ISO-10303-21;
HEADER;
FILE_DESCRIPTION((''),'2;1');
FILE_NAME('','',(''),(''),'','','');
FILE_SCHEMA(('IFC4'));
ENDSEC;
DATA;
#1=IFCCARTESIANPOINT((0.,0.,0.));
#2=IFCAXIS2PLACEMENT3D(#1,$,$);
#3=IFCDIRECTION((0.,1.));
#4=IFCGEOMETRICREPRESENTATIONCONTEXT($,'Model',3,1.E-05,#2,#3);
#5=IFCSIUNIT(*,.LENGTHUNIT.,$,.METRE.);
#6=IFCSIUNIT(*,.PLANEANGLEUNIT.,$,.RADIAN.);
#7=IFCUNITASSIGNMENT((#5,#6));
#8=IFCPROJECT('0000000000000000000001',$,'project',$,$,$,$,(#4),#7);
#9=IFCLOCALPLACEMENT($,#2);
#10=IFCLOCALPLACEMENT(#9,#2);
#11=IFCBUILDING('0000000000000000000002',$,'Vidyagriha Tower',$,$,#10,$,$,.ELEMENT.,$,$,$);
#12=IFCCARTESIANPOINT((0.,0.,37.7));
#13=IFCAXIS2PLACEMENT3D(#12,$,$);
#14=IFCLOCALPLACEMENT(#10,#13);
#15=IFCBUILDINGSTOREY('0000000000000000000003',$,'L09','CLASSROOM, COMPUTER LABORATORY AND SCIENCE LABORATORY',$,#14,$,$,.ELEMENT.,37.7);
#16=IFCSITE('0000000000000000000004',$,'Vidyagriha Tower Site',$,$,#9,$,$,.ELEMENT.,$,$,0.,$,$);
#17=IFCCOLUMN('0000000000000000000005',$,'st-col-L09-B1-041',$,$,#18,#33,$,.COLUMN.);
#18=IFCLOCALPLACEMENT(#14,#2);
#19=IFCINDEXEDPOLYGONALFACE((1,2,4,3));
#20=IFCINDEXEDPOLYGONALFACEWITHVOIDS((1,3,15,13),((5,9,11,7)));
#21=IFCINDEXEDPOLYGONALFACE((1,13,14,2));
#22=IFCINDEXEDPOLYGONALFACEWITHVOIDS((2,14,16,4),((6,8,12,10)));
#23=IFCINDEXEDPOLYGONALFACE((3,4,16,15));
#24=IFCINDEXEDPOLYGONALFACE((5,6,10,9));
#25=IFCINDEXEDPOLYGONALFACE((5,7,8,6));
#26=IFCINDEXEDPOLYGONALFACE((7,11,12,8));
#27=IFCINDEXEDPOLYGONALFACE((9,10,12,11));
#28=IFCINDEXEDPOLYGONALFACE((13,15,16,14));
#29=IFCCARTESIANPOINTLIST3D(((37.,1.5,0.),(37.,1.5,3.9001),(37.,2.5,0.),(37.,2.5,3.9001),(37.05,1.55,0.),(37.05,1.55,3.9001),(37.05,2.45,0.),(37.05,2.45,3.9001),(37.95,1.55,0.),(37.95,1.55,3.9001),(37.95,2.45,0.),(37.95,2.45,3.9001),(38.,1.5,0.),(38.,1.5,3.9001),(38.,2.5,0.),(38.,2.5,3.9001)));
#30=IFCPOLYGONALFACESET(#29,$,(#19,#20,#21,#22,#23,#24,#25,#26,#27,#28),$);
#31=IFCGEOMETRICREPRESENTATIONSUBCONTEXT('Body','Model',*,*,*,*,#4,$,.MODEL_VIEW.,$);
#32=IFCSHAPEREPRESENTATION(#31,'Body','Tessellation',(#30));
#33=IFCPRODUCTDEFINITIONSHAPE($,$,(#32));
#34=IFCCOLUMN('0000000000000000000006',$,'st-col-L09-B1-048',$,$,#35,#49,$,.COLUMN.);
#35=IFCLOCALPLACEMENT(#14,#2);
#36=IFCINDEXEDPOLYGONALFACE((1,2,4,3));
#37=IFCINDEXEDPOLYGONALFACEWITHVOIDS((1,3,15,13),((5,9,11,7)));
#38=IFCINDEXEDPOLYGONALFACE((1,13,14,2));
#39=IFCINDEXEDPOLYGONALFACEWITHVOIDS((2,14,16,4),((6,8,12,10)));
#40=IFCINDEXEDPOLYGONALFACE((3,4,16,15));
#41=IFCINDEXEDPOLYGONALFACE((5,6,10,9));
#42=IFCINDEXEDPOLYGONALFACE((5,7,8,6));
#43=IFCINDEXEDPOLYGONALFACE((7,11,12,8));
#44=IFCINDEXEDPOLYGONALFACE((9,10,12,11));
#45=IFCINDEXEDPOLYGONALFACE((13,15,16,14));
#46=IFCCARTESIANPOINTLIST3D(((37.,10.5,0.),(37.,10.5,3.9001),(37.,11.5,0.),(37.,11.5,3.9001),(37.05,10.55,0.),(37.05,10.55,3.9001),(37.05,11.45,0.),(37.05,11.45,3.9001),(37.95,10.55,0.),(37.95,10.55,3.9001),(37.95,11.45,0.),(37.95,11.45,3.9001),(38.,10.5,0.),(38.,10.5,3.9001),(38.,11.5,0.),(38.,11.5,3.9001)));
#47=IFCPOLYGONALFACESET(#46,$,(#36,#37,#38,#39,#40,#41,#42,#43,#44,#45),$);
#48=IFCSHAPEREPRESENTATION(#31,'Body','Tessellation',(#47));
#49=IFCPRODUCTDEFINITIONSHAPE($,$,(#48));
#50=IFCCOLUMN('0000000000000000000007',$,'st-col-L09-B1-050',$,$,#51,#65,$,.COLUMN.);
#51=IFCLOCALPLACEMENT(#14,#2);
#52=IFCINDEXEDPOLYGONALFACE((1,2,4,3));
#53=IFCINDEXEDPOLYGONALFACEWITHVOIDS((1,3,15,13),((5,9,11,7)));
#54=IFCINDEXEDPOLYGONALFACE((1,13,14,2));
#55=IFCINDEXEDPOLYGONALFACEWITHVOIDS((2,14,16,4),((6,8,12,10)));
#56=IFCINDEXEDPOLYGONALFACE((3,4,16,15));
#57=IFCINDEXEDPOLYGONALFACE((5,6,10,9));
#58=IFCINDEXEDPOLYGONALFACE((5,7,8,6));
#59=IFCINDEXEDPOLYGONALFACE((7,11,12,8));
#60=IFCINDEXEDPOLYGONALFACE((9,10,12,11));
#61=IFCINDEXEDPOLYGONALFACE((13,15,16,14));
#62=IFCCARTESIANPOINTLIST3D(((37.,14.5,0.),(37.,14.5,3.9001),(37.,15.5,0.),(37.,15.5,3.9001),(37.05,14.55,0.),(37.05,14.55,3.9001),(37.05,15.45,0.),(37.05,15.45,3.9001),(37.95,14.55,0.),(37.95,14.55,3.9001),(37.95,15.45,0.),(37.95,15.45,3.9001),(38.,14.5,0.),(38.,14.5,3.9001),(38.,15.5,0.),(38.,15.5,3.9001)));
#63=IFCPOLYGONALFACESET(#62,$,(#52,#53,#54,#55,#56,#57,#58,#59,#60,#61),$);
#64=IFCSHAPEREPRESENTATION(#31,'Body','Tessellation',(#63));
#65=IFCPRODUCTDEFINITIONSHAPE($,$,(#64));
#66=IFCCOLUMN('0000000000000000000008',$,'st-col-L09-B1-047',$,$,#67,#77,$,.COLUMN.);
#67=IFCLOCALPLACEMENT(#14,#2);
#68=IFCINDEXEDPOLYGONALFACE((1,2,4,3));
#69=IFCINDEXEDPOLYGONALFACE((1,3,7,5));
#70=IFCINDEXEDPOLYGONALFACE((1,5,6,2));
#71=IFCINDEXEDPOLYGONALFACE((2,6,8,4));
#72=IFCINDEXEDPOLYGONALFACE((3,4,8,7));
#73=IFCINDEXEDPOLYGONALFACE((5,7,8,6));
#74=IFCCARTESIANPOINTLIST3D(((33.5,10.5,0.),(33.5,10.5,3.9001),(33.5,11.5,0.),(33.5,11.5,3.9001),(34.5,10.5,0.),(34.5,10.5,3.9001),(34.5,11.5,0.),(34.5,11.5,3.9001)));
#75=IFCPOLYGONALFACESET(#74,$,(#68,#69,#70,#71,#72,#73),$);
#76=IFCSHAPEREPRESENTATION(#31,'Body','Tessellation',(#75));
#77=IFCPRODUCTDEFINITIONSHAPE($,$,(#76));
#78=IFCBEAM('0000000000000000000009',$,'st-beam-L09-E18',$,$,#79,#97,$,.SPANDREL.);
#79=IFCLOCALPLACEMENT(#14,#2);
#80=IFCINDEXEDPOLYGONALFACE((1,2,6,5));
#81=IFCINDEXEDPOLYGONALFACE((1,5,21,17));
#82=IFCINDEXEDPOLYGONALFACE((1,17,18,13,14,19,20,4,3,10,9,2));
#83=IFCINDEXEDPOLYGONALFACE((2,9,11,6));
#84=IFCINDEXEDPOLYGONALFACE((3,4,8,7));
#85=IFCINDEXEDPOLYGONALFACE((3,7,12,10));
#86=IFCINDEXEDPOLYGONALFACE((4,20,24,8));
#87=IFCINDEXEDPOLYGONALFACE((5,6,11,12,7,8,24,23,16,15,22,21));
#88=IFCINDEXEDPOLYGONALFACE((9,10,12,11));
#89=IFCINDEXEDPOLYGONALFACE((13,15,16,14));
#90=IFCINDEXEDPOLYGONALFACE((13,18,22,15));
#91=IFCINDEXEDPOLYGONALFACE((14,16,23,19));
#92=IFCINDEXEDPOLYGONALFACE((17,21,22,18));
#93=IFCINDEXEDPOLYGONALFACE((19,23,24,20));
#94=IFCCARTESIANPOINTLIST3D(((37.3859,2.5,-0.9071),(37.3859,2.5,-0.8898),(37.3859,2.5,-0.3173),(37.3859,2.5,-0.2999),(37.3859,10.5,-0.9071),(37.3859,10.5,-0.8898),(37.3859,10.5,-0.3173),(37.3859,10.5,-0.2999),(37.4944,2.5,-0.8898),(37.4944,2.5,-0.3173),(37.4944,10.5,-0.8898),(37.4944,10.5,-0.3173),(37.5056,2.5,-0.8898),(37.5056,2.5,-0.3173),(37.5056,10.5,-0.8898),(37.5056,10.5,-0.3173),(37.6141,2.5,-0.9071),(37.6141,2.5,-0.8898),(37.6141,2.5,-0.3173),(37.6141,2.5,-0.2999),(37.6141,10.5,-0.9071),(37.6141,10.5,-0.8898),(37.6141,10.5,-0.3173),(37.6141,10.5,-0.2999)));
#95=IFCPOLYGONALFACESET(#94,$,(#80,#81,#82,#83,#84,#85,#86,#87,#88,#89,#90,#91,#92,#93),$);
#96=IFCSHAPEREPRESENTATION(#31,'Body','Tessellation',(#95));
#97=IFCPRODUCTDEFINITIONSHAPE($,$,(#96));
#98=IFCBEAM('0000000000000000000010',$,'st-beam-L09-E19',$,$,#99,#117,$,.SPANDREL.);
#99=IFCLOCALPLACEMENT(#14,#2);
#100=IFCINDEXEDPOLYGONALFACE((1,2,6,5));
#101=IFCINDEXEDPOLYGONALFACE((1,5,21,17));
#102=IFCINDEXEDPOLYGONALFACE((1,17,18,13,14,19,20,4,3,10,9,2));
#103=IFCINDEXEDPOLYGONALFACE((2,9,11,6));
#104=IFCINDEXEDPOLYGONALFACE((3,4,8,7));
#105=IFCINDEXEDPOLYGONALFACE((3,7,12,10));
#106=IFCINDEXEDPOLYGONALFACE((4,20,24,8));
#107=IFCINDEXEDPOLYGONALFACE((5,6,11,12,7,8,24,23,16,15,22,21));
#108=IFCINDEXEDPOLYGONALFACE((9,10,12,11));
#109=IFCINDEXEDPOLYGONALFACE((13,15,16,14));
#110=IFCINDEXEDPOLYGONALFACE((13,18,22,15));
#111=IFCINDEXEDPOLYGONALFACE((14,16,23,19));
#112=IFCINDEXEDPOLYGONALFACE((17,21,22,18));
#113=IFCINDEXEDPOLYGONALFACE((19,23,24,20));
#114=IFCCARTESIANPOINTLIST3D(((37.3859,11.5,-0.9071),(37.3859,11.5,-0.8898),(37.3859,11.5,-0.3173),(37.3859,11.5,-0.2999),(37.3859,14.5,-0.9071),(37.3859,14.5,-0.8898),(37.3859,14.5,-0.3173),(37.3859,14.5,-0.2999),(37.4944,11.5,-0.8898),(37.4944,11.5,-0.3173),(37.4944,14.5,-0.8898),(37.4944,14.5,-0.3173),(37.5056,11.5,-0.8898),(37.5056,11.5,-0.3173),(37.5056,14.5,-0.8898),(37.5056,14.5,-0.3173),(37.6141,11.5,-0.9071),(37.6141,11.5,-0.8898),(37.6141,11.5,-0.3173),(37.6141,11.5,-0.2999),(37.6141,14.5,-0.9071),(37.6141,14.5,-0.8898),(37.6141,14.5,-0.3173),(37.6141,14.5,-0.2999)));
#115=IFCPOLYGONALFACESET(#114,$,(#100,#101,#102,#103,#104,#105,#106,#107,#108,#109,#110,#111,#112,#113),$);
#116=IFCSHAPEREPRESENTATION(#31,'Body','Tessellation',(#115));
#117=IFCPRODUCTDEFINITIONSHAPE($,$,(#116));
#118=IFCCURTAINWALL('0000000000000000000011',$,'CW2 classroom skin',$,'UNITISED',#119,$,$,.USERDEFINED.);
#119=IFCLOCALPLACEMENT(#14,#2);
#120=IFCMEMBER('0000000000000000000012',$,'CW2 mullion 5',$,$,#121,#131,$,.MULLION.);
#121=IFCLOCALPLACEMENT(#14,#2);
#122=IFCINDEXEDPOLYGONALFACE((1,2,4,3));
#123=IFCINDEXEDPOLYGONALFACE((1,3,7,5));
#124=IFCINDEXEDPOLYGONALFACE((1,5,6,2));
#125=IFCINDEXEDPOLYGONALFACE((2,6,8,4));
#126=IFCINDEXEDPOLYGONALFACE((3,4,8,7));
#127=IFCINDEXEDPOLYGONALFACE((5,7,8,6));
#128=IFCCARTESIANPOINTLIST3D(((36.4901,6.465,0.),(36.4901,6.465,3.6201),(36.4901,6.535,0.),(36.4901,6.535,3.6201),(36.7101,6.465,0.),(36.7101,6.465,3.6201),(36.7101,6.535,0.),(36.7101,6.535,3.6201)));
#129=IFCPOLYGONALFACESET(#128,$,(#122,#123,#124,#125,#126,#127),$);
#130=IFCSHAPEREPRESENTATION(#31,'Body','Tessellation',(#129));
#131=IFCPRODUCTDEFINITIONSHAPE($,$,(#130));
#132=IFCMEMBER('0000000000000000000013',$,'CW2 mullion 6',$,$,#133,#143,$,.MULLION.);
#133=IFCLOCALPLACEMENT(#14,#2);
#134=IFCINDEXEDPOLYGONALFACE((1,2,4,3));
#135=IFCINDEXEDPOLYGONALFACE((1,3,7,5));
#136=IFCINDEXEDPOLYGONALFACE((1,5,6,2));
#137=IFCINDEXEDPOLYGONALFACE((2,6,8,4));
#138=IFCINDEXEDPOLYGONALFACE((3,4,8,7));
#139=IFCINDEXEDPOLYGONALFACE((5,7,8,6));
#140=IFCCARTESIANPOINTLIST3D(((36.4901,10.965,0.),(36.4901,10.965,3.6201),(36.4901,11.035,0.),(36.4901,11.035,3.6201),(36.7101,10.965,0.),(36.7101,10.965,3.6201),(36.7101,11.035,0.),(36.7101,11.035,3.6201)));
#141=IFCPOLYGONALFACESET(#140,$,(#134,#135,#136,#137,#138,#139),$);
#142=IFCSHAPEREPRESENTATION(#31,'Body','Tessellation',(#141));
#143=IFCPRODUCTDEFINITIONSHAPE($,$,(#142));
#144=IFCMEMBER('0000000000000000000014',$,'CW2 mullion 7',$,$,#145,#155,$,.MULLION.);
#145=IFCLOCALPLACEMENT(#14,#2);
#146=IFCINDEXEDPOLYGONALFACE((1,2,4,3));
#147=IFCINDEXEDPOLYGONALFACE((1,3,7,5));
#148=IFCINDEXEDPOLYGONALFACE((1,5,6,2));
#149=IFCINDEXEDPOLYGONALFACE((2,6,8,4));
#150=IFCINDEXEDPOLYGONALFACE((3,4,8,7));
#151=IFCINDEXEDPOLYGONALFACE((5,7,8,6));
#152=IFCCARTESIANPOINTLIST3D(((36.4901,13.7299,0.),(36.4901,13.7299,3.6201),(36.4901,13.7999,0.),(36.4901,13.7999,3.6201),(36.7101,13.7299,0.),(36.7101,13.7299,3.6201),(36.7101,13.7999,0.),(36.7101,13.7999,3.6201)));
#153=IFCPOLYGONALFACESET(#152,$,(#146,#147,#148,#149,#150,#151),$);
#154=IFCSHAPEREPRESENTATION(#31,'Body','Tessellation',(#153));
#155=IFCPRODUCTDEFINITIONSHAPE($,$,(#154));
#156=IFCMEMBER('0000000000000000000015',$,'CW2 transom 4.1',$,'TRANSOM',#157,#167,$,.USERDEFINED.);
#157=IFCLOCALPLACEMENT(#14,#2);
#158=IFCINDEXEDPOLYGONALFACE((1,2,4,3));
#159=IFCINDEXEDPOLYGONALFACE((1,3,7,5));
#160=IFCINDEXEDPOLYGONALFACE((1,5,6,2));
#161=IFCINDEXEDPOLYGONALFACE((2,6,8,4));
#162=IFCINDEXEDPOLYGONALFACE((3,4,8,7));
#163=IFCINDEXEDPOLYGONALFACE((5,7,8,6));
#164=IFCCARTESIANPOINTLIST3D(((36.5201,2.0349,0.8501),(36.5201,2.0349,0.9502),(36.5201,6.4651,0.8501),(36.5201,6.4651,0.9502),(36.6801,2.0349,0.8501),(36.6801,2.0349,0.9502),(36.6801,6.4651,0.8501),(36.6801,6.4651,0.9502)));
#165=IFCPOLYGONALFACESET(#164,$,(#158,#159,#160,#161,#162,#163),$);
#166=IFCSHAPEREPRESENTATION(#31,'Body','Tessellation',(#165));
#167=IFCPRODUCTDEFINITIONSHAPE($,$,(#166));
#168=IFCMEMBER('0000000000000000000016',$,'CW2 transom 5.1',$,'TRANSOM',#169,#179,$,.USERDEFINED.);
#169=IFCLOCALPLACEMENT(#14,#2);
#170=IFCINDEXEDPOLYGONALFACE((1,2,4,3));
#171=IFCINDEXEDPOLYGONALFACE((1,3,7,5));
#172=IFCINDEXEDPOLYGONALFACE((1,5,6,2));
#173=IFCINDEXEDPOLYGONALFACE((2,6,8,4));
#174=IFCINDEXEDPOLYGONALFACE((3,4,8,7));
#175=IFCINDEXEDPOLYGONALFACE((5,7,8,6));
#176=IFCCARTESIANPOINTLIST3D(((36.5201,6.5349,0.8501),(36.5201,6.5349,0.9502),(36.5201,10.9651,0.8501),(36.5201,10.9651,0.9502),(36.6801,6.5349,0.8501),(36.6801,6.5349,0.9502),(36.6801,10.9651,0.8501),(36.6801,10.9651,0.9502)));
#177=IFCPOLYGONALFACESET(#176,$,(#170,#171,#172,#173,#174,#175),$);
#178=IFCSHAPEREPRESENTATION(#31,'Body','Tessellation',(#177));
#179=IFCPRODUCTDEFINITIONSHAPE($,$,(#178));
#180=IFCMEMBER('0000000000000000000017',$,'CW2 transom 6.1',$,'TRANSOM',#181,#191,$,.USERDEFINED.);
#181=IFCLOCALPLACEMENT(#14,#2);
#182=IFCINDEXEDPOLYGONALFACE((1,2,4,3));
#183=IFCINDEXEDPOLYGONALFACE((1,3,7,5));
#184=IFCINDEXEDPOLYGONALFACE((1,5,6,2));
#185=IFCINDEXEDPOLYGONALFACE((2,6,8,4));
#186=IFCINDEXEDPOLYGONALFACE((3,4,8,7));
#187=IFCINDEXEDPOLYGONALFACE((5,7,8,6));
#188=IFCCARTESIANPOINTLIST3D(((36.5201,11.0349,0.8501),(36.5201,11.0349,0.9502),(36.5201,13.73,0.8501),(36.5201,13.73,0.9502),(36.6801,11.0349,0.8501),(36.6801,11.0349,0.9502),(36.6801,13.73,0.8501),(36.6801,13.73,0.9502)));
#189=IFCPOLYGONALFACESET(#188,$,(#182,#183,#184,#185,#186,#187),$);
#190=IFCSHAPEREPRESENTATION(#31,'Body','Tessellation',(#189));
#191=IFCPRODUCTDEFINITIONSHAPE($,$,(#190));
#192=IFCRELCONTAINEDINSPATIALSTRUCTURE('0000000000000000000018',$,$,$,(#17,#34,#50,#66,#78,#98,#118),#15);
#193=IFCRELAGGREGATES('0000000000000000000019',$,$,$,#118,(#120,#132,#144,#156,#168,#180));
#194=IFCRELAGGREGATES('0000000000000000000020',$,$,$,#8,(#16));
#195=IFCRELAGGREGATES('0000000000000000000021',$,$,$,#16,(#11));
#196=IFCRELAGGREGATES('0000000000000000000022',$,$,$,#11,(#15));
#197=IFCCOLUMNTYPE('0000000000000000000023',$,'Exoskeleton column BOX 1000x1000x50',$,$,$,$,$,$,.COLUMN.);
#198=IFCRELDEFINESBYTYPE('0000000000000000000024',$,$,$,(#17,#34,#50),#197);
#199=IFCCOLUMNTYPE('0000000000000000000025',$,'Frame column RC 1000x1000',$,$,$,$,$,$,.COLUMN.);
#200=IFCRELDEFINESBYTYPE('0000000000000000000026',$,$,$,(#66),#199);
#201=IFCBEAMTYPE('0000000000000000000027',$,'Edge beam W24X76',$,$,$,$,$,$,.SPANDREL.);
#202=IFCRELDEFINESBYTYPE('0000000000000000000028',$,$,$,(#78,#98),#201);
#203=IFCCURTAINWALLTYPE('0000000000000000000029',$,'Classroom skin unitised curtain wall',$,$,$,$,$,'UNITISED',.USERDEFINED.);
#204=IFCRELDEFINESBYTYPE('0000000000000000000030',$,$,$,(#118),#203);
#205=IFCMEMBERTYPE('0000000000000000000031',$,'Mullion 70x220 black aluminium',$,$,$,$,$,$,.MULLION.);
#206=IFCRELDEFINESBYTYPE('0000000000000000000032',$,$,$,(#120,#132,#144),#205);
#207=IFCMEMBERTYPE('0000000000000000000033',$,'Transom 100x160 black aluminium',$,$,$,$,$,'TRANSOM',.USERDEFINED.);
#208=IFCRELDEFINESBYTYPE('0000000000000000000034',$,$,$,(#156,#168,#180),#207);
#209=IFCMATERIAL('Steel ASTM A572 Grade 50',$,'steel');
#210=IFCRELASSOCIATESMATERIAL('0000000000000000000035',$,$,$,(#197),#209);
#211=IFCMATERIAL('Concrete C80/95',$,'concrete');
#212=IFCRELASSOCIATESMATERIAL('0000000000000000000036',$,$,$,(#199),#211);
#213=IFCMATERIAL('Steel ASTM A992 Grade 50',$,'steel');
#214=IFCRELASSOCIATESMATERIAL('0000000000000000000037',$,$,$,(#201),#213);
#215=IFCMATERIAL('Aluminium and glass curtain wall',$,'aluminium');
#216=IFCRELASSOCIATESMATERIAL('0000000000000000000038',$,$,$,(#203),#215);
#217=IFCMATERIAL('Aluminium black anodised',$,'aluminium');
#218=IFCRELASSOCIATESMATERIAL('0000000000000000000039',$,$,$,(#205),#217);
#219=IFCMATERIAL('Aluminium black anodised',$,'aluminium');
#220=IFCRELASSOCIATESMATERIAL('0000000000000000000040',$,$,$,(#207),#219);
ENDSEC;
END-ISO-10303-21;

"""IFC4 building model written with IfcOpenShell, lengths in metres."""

from ifc_helpers import new_model, si_unit, direction, frame, origin, origin_2d, place, context, subcontext, project, spatial, rectangle, hollow_rectangle, i_section, extrude, material, material_profile, profile_set, type_object, element, aggregate, save


model = new_model("IFC4")

# Units and contexts
model_context = context("Model", 3, precision=1e-05, world=origin(), true_north=direction((0.0, 1.0)))
body_context = subcontext(model_context, "Body", "Model", "MODEL_VIEW")
ifc_project = project(units=[si_unit("LENGTHUNIT", "METRE"), si_unit("PLANEANGLEUNIT", "RADIAN")], contexts=[model_context])

# Site, building, storey
site_placement = place(None, origin())
site = spatial("IfcSite", under=ifc_project, at=site_placement, Name="Vidyagriha Tower Site", CompositionType="ELEMENT", RefElevation=0.0)
building_placement = place(site_placement, origin())
building = spatial("IfcBuilding", under=site, at=building_placement, Name="Vidyagriha Tower", CompositionType="ELEMENT")
storey_placement = place(building_placement, frame((0.0, 0.0, 37.7)))
storey = spatial("IfcBuildingStorey", under=building, at=storey_placement, Name="L09", Description="CLASSROOM, COMPUTER LABORATORY AND SCIENCE LABORATORY", CompositionType="ELEMENT", Elevation=37.7)

# Columns
ifc_material_1 = material(Name="Steel ASTM A572 Grade 50", Category="steel")
ifc_material_profile_1 = material_profile(ifc_material_1, hollow_rectangle(XDim=1.0, YDim=1.0, WallThickness=0.05, at=origin_2d()), Name="BOX 1000x1000x50")
ifc_profile_set_1 = profile_set([ifc_material_profile_1], Name="Steel ASTM A572 Grade 50")
column_type_1 = type_object("IfcColumnType", Name="Exoskeleton column BOX 1000x1000x50", PredefinedType="COLUMN", material=ifc_profile_set_1)
for number, where, name in (
    (1, (37.5, 2.0, 0.0), "st-col-L09-B1-041"),
    (2, (37.5, 11.0, 0.0), "st-col-L09-B1-048"),
    (3, (37.5, 15.0, 0.0), "st-col-L09-B1-050"),
):
    element("IfcColumn", number, at=place(storey_placement, frame(where)), inside=storey, type_object=column_type_1, Name=name, PredefinedType="COLUMN", context=body_context, shape_type="SweptSolid", body=[
        extrude(hollow_rectangle(XDim=1.0, YDim=1.0, WallThickness=0.05, at=origin_2d()), origin(), (0.0, 0.0, 1.0), 3.9001),
    ])
ifc_material_2 = material(Name="Concrete C80/95", Category="concrete")
ifc_material_profile_2 = material_profile(ifc_material_2, rectangle(XDim=1.0, YDim=1.0, at=origin_2d()), Name="RC 1000x1000")
ifc_profile_set_2 = profile_set([ifc_material_profile_2], Name="Concrete C80/95")
column_type_2 = type_object("IfcColumnType", Name="Frame column RC 1000x1000", PredefinedType="COLUMN", material=ifc_profile_set_2)
column_placement = place(storey_placement, frame((34.0, 11.0, 0.0)))
element("IfcColumn", 4, at=column_placement, inside=storey, type_object=column_type_2, Name="st-col-L09-B1-047", PredefinedType="COLUMN", context=body_context, shape_type="SweptSolid", body=[
    extrude(rectangle(XDim=1.0, YDim=1.0, at=origin_2d()), origin(), (0.0, 0.0, 1.0), 3.9001),
])

# Beams
ifc_material_3 = material(Name="Steel ASTM A992 Grade 50", Category="steel")
ifc_material_profile_3 = material_profile(ifc_material_3, i_section(OverallWidth=0.2283, OverallDepth=0.6072, WebThickness=0.0112, FlangeThickness=0.0173, at=origin_2d()), Name="W24X76")
ifc_profile_set_3 = profile_set([ifc_material_profile_3], Name="Steel ASTM A992 Grade 50")
beam_type = type_object("IfcBeamType", Name="Edge beam W24X76", PredefinedType="SPANDREL", material=ifc_profile_set_3)
beam_1_placement = place(storey_placement, frame((37.5, 2.5, -0.6035), z_axis=(0.0, 1.0, 0.0), x_axis=(-1.0, 0.0, 0.0)))
element("IfcBeam", 5, at=beam_1_placement, inside=storey, type_object=beam_type, Name="st-beam-L09-E18", PredefinedType="SPANDREL", context=body_context, shape_type="SweptSolid", body=[
    extrude(i_section(OverallWidth=0.2283, OverallDepth=0.6072, WebThickness=0.0112, FlangeThickness=0.0173, at=origin_2d()), origin(), (0.0, 0.0, 1.0), 8.0),
])
beam_2_placement = place(storey_placement, frame((37.5, 11.5, -0.6035), z_axis=(0.0, 1.0, 0.0), x_axis=(-1.0, 0.0, 0.0)))
element("IfcBeam", 6, at=beam_2_placement, inside=storey, type_object=beam_type, Name="st-beam-L09-E19", PredefinedType="SPANDREL", context=body_context, shape_type="SweptSolid", body=[
    extrude(i_section(OverallWidth=0.2283, OverallDepth=0.6072, WebThickness=0.0112, FlangeThickness=0.0173, at=origin_2d()), origin(), (0.0, 0.0, 1.0), 3.0),
])

# Curtain wall, members
ifc_material_4 = material(Name="Aluminium and glass curtain wall", Category="aluminium")
curtain_wall_type = type_object("IfcCurtainWallType", Name="Classroom skin unitised curtain wall", ElementType="UNITISED", PredefinedType="USERDEFINED", material=ifc_material_4)
curtain_wall_placement = place(storey_placement, origin())
curtain_wall = element("IfcCurtainWall", 7, at=curtain_wall_placement, inside=storey, type_object=curtain_wall_type, Name="CW2 classroom skin", ObjectType="UNITISED", PredefinedType="USERDEFINED")
ifc_material_5 = material(Name="Aluminium black anodised", Category="aluminium")
ifc_material_profile_4 = material_profile(ifc_material_5, rectangle(XDim=0.22, YDim=0.0701, at=origin_2d()), Name="Mullion 70x220 black aluminium")
ifc_profile_set_4 = profile_set([ifc_material_profile_4], Name="Aluminium black anodised")
member_type_1 = type_object("IfcMemberType", Name="Mullion 70x220 black aluminium", PredefinedType="MULLION", material=ifc_profile_set_4)
member_1_placement = place(storey_placement, frame((36.6001, 6.5, 0.0), z_axis=(0.0, 0.0, 1.0), x_axis=(-1.0, 0.0, 0.0)))
member_1 = element("IfcMember", 8, at=member_1_placement, type_object=member_type_1, Name="CW2 mullion 5", PredefinedType="MULLION", context=body_context, shape_type="SweptSolid", body=[
    extrude(rectangle(XDim=0.22, YDim=0.0701, at=origin_2d()), origin(), (0.0, 0.0, 1.0), 3.6201),
])
member_2_placement = place(storey_placement, frame((36.6001, 11.0, 0.0), z_axis=(0.0, 0.0, 1.0), x_axis=(-1.0, 0.0, 0.0)))
member_2 = element("IfcMember", 9, at=member_2_placement, type_object=member_type_1, Name="CW2 mullion 6", PredefinedType="MULLION", context=body_context, shape_type="SweptSolid", body=[
    extrude(rectangle(XDim=0.22, YDim=0.0701, at=origin_2d()), origin(), (0.0, 0.0, 1.0), 3.6201),
])
member_3_placement = place(storey_placement, frame((36.6001, 13.7649, 0.0), z_axis=(0.0, 0.0, 1.0), x_axis=(-1.0, 0.0, 0.0)))
member_3 = element("IfcMember", 10, at=member_3_placement, type_object=member_type_1, Name="CW2 mullion 7", PredefinedType="MULLION", context=body_context, shape_type="SweptSolid", body=[
    extrude(rectangle(XDim=0.22, YDim=0.0701, at=origin_2d()), origin(), (0.0, 0.0, 1.0), 3.6201),
])
ifc_material_6 = material(Name="Aluminium black anodised", Category="aluminium")
ifc_material_profile_5 = material_profile(ifc_material_6, rectangle(XDim=0.1599, YDim=0.1001, at=origin_2d()), Name="Transom 100x160 black aluminium")
ifc_profile_set_5 = profile_set([ifc_material_profile_5], Name="Aluminium black anodised")
member_type_2 = type_object("IfcMemberType", Name="Transom 100x160 black aluminium", ElementType="TRANSOM", PredefinedType="USERDEFINED", material=ifc_profile_set_5)
member_4_placement = place(storey_placement, frame((36.6001, 2.0349, 0.9001), z_axis=(0.0, 1.0, 0.0), x_axis=(-1.0, 0.0, 0.0)))
member_4 = element("IfcMember", 11, at=member_4_placement, type_object=member_type_2, Name="CW2 transom 4.1", ObjectType="TRANSOM", PredefinedType="USERDEFINED", context=body_context, shape_type="SweptSolid", body=[
    extrude(rectangle(XDim=0.1599, YDim=0.1001, at=origin_2d()), origin(), (0.0, 0.0, 1.0), 4.4302),
])
member_5_placement = place(storey_placement, frame((36.6001, 6.5349, 0.9001), z_axis=(0.0, 1.0, 0.0), x_axis=(-1.0, 0.0, 0.0)))
member_5 = element("IfcMember", 12, at=member_5_placement, type_object=member_type_2, Name="CW2 transom 5.1", ObjectType="TRANSOM", PredefinedType="USERDEFINED", context=body_context, shape_type="SweptSolid", body=[
    extrude(rectangle(XDim=0.1599, YDim=0.1001, at=origin_2d()), origin(), (0.0, 0.0, 1.0), 4.4302),
])
member_6_placement = place(storey_placement, frame((36.6001, 11.0349, 0.9001), z_axis=(0.0, 1.0, 0.0), x_axis=(-1.0, 0.0, 0.0)))
member_6 = element("IfcMember", 13, at=member_6_placement, type_object=member_type_2, Name="CW2 transom 6.1", ObjectType="TRANSOM", PredefinedType="USERDEFINED", context=body_context, shape_type="SweptSolid", body=[
    extrude(rectangle(XDim=0.1599, YDim=0.1001, at=origin_2d()), origin(), (0.0, 0.0, 1.0), 2.6951),
])
aggregate(curtain_wall, [member_1, member_2, member_3, member_4, member_5, member_6])

save(model, "model.ifc")
